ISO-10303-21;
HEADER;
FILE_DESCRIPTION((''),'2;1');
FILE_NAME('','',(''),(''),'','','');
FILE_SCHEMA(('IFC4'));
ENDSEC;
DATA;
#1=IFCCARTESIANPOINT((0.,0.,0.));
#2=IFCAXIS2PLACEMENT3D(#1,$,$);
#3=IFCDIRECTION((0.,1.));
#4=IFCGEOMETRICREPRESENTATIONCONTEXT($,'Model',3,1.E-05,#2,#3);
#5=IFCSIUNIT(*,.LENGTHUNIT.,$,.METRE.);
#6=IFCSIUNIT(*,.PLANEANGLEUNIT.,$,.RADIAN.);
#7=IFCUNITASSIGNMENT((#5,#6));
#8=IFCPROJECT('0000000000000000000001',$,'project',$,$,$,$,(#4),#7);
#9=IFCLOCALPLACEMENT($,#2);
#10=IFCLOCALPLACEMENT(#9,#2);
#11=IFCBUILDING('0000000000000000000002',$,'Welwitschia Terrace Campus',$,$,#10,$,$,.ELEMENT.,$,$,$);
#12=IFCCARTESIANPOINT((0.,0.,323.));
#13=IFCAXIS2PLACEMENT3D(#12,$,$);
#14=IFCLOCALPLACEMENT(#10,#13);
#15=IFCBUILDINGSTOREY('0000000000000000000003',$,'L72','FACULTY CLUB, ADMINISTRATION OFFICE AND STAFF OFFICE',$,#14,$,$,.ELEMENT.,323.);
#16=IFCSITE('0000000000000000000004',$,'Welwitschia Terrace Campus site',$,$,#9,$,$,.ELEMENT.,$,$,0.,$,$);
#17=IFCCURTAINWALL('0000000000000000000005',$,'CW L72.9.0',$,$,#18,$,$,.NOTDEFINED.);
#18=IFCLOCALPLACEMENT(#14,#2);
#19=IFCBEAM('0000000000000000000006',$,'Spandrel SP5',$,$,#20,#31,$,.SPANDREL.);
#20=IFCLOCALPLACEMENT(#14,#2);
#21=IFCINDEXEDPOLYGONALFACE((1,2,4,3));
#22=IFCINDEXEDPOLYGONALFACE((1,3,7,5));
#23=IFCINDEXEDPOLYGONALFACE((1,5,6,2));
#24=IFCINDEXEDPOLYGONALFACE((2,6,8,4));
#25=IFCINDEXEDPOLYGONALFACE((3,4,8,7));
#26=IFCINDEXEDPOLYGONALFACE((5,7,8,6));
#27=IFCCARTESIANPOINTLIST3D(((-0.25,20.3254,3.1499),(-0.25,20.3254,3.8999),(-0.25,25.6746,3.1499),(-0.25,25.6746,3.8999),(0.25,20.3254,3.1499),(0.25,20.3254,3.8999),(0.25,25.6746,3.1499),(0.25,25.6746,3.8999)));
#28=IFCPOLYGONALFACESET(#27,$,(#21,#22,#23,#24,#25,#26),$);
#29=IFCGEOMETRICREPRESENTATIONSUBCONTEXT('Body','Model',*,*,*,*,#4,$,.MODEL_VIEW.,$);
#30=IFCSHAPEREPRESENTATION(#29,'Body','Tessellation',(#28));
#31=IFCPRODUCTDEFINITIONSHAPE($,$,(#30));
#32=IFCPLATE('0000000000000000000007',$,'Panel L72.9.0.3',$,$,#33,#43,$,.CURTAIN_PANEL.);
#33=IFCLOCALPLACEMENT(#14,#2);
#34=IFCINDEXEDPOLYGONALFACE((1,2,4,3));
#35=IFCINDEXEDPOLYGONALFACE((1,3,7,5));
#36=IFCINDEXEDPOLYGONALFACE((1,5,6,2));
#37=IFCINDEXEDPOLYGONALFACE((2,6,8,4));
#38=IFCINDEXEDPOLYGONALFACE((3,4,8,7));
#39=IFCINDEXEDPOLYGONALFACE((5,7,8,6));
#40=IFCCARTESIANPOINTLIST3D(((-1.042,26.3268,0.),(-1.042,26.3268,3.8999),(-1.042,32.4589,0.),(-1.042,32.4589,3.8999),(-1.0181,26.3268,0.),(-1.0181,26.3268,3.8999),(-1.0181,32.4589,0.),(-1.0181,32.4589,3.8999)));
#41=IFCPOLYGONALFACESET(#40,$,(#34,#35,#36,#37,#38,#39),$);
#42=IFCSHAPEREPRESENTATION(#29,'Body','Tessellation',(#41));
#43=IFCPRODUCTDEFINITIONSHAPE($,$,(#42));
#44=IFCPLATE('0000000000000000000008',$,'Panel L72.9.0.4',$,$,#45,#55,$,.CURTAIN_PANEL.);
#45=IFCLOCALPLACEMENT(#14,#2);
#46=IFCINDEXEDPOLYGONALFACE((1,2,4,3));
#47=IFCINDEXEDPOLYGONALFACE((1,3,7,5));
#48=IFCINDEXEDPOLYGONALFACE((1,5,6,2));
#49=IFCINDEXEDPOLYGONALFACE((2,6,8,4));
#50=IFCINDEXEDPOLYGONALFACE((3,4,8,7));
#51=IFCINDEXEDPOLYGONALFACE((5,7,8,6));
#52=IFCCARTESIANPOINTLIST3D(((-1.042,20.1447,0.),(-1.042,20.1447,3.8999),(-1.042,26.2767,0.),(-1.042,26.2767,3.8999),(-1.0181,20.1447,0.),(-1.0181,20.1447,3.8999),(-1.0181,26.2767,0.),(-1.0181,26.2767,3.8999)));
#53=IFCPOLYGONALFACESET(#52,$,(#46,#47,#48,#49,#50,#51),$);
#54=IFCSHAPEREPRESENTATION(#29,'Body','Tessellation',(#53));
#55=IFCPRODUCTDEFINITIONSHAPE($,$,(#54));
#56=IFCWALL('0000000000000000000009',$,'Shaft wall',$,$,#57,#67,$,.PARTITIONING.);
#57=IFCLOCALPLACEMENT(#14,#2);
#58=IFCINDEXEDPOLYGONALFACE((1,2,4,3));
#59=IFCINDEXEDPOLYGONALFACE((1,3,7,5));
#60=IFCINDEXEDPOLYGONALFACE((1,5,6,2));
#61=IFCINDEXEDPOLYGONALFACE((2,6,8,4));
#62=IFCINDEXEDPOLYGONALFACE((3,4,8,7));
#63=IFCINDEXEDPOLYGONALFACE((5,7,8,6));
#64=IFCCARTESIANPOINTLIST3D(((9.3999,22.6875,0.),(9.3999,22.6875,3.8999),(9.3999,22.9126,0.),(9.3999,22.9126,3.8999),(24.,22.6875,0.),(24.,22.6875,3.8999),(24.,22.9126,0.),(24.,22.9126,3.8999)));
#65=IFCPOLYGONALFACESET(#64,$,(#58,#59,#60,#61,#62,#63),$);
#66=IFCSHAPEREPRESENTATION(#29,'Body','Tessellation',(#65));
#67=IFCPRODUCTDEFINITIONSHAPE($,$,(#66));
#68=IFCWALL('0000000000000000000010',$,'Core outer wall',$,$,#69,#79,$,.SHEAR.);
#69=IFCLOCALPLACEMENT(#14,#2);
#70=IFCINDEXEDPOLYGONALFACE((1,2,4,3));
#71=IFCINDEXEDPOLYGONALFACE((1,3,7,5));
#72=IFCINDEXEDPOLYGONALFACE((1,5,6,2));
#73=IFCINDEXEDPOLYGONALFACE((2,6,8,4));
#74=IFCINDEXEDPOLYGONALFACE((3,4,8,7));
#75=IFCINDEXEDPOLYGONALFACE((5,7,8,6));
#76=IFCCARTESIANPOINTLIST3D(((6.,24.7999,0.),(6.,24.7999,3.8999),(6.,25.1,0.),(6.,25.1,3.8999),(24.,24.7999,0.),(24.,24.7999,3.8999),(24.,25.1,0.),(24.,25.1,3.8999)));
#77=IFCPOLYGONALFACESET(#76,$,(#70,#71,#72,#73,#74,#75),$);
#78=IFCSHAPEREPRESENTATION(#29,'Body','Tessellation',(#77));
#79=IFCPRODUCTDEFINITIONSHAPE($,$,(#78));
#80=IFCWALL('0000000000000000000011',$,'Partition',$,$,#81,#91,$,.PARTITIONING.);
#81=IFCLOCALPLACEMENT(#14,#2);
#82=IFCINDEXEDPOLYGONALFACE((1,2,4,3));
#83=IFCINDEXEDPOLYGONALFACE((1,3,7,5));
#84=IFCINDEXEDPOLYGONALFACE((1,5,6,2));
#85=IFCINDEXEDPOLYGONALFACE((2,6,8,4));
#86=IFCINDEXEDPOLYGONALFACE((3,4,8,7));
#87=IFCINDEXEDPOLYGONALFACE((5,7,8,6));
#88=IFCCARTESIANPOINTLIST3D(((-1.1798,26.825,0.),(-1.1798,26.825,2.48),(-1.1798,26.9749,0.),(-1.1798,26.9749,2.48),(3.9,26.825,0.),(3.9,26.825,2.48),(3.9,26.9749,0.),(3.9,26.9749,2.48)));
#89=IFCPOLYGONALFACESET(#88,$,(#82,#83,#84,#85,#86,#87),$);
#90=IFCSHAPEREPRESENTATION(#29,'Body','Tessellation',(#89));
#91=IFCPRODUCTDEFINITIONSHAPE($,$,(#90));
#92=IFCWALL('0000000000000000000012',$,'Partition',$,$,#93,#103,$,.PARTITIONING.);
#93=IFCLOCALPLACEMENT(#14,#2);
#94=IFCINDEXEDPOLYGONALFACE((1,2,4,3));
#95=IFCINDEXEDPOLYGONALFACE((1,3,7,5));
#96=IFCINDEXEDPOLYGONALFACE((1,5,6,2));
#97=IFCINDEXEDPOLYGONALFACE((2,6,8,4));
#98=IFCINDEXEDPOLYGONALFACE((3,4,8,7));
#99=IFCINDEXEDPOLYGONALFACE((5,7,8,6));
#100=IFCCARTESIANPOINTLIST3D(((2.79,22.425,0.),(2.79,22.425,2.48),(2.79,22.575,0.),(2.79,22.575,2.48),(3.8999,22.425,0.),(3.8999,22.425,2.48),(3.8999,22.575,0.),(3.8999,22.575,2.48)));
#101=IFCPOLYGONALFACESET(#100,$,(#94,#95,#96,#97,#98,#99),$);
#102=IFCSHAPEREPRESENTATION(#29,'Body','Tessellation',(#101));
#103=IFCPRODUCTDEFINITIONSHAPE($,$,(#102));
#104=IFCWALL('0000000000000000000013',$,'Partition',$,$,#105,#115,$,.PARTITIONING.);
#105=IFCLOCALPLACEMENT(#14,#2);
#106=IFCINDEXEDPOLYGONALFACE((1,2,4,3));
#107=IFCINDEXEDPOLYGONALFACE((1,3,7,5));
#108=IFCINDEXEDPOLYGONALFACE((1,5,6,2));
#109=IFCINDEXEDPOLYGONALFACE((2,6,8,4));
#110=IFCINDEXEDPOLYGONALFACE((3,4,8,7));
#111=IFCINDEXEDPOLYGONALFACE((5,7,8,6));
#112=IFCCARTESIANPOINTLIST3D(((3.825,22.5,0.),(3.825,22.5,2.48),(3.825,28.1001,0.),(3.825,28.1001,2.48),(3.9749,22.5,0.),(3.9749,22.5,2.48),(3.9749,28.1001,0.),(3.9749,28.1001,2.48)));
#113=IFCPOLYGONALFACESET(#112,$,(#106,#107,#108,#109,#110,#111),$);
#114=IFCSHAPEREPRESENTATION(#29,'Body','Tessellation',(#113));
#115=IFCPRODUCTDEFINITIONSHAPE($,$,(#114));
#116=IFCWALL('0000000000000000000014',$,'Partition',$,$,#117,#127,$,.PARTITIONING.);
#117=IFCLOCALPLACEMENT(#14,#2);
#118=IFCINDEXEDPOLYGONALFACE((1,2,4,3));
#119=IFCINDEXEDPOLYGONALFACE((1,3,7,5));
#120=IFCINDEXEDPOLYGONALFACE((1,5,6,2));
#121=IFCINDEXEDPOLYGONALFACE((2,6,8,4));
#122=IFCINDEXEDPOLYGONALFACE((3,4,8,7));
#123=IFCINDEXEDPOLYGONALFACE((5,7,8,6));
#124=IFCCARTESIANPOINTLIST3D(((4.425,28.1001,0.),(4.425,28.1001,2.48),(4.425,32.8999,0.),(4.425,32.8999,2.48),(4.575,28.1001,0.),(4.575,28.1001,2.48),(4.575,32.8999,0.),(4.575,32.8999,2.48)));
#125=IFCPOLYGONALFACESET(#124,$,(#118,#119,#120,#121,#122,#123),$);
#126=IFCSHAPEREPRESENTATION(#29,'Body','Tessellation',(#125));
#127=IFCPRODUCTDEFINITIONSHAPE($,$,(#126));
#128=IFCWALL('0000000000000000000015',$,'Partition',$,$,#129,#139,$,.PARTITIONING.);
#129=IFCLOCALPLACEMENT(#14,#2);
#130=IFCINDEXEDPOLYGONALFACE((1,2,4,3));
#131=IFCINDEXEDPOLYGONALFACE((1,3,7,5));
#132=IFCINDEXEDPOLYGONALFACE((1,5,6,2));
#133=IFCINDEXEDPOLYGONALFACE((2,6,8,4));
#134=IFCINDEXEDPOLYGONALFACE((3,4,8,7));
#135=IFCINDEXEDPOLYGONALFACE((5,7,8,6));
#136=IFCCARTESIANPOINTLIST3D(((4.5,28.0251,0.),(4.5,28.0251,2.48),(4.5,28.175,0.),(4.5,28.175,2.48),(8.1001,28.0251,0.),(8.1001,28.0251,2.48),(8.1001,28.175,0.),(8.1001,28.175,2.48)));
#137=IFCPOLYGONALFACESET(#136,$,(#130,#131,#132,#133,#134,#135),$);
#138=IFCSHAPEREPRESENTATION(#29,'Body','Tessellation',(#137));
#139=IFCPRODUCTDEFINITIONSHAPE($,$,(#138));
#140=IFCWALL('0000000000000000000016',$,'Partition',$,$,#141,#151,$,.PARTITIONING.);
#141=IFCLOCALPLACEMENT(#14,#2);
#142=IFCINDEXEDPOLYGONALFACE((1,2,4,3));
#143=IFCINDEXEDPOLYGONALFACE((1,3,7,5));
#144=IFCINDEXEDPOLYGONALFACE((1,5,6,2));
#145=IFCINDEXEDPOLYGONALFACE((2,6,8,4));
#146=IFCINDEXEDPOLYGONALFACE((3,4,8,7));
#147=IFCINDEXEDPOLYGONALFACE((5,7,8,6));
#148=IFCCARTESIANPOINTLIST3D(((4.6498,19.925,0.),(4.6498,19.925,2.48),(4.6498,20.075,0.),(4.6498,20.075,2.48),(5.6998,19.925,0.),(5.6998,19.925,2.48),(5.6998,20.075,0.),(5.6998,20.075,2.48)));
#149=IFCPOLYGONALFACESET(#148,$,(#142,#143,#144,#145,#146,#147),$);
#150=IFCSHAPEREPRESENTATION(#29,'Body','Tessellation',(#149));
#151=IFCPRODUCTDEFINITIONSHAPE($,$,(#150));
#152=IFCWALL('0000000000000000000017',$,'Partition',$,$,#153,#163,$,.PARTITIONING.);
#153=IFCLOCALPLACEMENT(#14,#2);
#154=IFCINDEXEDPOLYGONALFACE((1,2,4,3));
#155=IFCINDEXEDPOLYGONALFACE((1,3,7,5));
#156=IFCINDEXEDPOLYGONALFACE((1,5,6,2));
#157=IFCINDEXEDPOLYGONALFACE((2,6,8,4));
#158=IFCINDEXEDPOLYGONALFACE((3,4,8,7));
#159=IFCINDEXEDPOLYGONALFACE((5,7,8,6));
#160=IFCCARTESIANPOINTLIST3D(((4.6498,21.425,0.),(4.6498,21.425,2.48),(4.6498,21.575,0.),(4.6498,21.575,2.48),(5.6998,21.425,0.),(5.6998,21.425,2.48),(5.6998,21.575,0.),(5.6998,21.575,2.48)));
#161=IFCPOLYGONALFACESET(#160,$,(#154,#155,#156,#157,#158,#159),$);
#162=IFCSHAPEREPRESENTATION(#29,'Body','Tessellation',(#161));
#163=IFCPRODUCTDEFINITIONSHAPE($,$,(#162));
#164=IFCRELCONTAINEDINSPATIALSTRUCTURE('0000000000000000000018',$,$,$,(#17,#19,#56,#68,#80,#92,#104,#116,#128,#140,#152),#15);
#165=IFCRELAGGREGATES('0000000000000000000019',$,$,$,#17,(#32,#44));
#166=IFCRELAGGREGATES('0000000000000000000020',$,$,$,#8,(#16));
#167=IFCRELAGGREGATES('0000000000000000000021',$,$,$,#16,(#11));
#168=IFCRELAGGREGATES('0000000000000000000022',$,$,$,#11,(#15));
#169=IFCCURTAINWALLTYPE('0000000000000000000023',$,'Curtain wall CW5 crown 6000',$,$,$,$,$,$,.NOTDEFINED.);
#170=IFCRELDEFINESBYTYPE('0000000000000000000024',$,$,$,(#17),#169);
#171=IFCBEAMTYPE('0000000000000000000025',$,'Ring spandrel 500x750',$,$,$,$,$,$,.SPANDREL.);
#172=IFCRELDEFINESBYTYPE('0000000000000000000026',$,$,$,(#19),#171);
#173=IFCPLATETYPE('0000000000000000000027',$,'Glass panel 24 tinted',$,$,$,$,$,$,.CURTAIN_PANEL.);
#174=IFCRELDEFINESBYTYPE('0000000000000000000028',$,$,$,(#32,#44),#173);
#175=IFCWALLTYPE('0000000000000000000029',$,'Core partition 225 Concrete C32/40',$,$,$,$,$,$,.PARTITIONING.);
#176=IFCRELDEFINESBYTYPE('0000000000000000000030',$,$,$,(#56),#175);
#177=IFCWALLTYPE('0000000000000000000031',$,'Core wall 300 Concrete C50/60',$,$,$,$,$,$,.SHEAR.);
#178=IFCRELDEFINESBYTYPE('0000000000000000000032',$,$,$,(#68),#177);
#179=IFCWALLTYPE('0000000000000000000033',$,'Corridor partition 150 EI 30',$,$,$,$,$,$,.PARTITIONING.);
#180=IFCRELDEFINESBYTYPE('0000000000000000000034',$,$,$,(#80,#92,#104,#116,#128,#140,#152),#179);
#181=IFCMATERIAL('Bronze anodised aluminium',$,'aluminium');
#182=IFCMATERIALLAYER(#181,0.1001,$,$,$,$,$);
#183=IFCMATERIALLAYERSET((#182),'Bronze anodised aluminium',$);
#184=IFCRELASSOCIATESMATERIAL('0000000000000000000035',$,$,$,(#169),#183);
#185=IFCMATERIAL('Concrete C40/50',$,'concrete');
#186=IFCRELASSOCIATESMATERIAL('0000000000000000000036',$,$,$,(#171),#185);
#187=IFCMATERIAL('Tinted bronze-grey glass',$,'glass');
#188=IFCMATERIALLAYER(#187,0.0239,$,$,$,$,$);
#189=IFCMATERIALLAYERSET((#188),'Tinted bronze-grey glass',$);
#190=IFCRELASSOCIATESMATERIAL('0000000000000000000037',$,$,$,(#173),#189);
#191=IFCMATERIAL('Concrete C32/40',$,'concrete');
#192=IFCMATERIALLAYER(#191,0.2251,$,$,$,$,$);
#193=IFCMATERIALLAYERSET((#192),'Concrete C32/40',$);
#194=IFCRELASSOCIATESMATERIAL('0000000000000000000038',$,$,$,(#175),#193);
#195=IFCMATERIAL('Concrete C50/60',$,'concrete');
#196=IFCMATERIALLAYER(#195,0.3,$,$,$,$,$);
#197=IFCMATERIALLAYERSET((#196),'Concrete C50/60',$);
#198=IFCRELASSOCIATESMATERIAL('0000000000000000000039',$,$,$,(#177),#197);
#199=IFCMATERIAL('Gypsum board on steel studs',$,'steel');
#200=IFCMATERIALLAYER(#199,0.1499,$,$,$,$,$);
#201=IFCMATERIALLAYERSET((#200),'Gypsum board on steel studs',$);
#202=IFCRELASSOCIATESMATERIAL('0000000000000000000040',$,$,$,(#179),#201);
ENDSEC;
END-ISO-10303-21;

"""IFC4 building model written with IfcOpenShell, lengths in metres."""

from ifc_helpers import new_model, si_unit, direction, frame, frame_2d, origin, origin_2d, place, context, subcontext, project, spatial, rectangle, extrude, material, layer, layer_set, material_profile, profile_set, type_object, element, aggregate, save


model = new_model("IFC4")

# Units and contexts
model_context = context("Model", 3, precision=1e-05, world=origin(), true_north=direction((0.0, 1.0)))
body_context = subcontext(model_context, "Body", "Model", "MODEL_VIEW")
ifc_project = project(units=[si_unit("LENGTHUNIT", "METRE"), si_unit("PLANEANGLEUNIT", "RADIAN")], contexts=[model_context])

# Site, building, storey
site_placement = place(None, origin())
site = spatial("IfcSite", under=ifc_project, at=site_placement, Name="Welwitschia Terrace Campus site", CompositionType="ELEMENT", RefElevation=0.0)
building_placement = place(site_placement, origin())
building = spatial("IfcBuilding", under=site, at=building_placement, Name="Welwitschia Terrace Campus", CompositionType="ELEMENT")
storey_placement = place(building_placement, frame((0.0, 0.0, 323.0)))
storey = spatial("IfcBuildingStorey", under=building, at=storey_placement, Name="L72", Description="FACULTY CLUB, ADMINISTRATION OFFICE AND STAFF OFFICE", CompositionType="ELEMENT", Elevation=323.0)

# Curtain wall
ifc_material_1 = material(Name="Bronze anodised aluminium", Category="aluminium")
ifc_layer_1 = layer(ifc_material_1, 0.1001)
ifc_layer_set_1 = layer_set([ifc_layer_1], Name="Bronze anodised aluminium")
curtain_wall_type = type_object("IfcCurtainWallType", Name="Curtain wall CW5 crown 6000", PredefinedType="NOTDEFINED", material=ifc_layer_set_1)
curtain_wall_placement = place(storey_placement, origin())
curtain_wall = element("IfcCurtainWall", 1, at=curtain_wall_placement, inside=storey, type_object=curtain_wall_type, Name="CW L72.9.0", PredefinedType="NOTDEFINED")

# Beam
ifc_material_2 = material(Name="Concrete C40/50", Category="concrete")
ifc_material_profile_1 = material_profile(ifc_material_2, rectangle(XDim=0.5, YDim=0.75, at=origin_2d()))
ifc_profile_set_1 = profile_set([ifc_material_profile_1], Name="Concrete C40/50")
beam_type_1 = type_object("IfcBeamType", Name="Ring spandrel 500x750", PredefinedType="SPANDREL", material=ifc_profile_set_1)
for number, where, z_axis, x_axis, name in (
    (2, (0.0, 25.6746, 3.5249), (0.0, -1.0, 0.0), (1.0, 0.0, 0.0), "Spandrel SP5"),
):
    element("IfcBeam", number, at=place(storey_placement, frame(where, z_axis=z_axis, x_axis=x_axis)), inside=storey, type_object=beam_type_1, Name=name, PredefinedType="SPANDREL", context=body_context, shape_type="SweptSolid", body=[
        extrude(rectangle(XDim=0.5, YDim=0.75, at=origin_2d()), origin(), (0.0, 0.0, 1.0), 5.3491),
    ])

# Plates
ifc_material_3 = material(Name="Tinted bronze-grey glass", Category="glass")
ifc_layer_2 = layer(ifc_material_3, 0.0239)
ifc_layer_set_2 = layer_set([ifc_layer_2], Name="Tinted bronze-grey glass")
plate_type = type_object("IfcPlateType", Name="Glass panel 24 tinted", PredefinedType="CURTAIN_PANEL", material=ifc_layer_set_2)
plate_1_placement = place(storey_placement, frame((-1.03, 29.3928, 0.0), z_axis=(0.0, 0.0, 1.0), x_axis=(0.0, -1.0, 0.0)))
plate_1 = element("IfcPlate", 3, at=plate_1_placement, type_object=plate_type, Name="Panel L72.9.0.3", PredefinedType="CURTAIN_PANEL", context=body_context, shape_type="SweptSolid", body=[
    extrude(rectangle(XDim=6.1321, YDim=0.0239, at=origin_2d()), origin(), (0.0, 0.0, 1.0), 3.8999),
])
plate_2_placement = place(storey_placement, frame((-1.03, 23.2107, 0.0), z_axis=(0.0, 0.0, 1.0), x_axis=(0.0, -1.0, 0.0)))
plate_2 = element("IfcPlate", 4, at=plate_2_placement, type_object=plate_type, Name="Panel L72.9.0.4", PredefinedType="CURTAIN_PANEL", context=body_context, shape_type="SweptSolid", body=[
    extrude(rectangle(XDim=6.1321, YDim=0.0239, at=origin_2d()), origin(), (0.0, 0.0, 1.0), 3.8999),
])
aggregate(curtain_wall, [plate_1, plate_2])

# Walls
ifc_material_4 = material(Name="Concrete C32/40", Category="concrete")
ifc_layer_3 = layer(ifc_material_4, 0.2251)
ifc_layer_set_3 = layer_set([ifc_layer_3], Name="Concrete C32/40")
wall_type_1 = type_object("IfcWallType", Name="Core partition 225 Concrete C32/40", PredefinedType="PARTITIONING", material=ifc_layer_set_3)
wall_1_placement = place(storey_placement, frame((9.3999, 22.8, 0.0), z_axis=(0.0, 0.0, 1.0), x_axis=(1.0, 0.0, 0.0)))
element("IfcWall", 5, at=wall_1_placement, inside=storey, type_object=wall_type_1, Name="Shaft wall", PredefinedType="PARTITIONING", context=body_context, shape_type="SweptSolid", body=[
    extrude(rectangle(XDim=14.6001, YDim=0.2251, at=frame_2d((7.3, 0.0))), origin(), (0.0, 0.0, 1.0), 3.8999),
])
ifc_material_5 = material(Name="Concrete C50/60", Category="concrete")
ifc_layer_4 = layer(ifc_material_5, 0.3)
ifc_layer_set_4 = layer_set([ifc_layer_4], Name="Concrete C50/60")
wall_type_2 = type_object("IfcWallType", Name="Core wall 300 Concrete C50/60", PredefinedType="SHEAR", material=ifc_layer_set_4)
wall_2_placement = place(storey_placement, frame((6.0, 24.95, 0.0), z_axis=(0.0, 0.0, 1.0), x_axis=(1.0, 0.0, 0.0)))
element("IfcWall", 6, at=wall_2_placement, inside=storey, type_object=wall_type_2, Name="Core outer wall", PredefinedType="SHEAR", context=body_context, shape_type="SweptSolid", body=[
    extrude(rectangle(XDim=18.0, YDim=0.3, at=frame_2d((9.0, 0.0))), origin(), (0.0, 0.0, 1.0), 3.8999),
])
ifc_material_6 = material(Name="Gypsum board on steel studs", Category="steel")
ifc_layer_5 = layer(ifc_material_6, 0.1499)
ifc_layer_set_5 = layer_set([ifc_layer_5], Name="Gypsum board on steel studs")
wall_type_3 = type_object("IfcWallType", Name="Corridor partition 150 EI 30", PredefinedType="PARTITIONING", material=ifc_layer_set_5)
wall_3_placement = place(storey_placement, frame((-1.1799, 26.8999, 0.0), z_axis=(0.0, 0.0, 1.0), x_axis=(1.0, 0.0, 0.0)))
element("IfcWall", 7, at=wall_3_placement, inside=storey, type_object=wall_type_3, Name="Partition", PredefinedType="PARTITIONING", context=body_context, shape_type="SweptSolid", body=[
    extrude(rectangle(XDim=5.0798, YDim=0.1499, at=frame_2d((2.54, 0.0))), origin(), (0.0, 0.0, 1.0), 2.48),
])
wall_4_placement = place(storey_placement, frame((2.79, 22.5, 0.0), z_axis=(0.0, 0.0, 1.0), x_axis=(1.0, 0.0, 0.0)))
element("IfcWall", 8, at=wall_4_placement, inside=storey, type_object=wall_type_3, Name="Partition", PredefinedType="PARTITIONING", context=body_context, shape_type="SweptSolid", body=[
    extrude(rectangle(XDim=1.1099, YDim=0.1499, at=frame_2d((0.5549, 0.0))), origin(), (0.0, 0.0, 1.0), 2.48),
])
wall_5_placement = place(storey_placement, frame((3.8999, 22.5, 0.0), z_axis=(0.0, 0.0, 1.0), x_axis=(0.0, 1.0, 0.0)))
element("IfcWall", 9, at=wall_5_placement, inside=storey, type_object=wall_type_3, Name="Partition", PredefinedType="PARTITIONING", context=body_context, shape_type="SweptSolid", body=[
    extrude(rectangle(XDim=5.6001, YDim=0.1499, at=frame_2d((2.8, 0.0))), origin(), (0.0, 0.0, 1.0), 2.48),
])
wall_6_placement = place(storey_placement, frame((4.5, 28.1001, 0.0), z_axis=(0.0, 0.0, 1.0), x_axis=(0.0, 1.0, 0.0)))
element("IfcWall", 10, at=wall_6_placement, inside=storey, type_object=wall_type_3, Name="Partition", PredefinedType="PARTITIONING", context=body_context, shape_type="SweptSolid", body=[
    extrude(rectangle(XDim=4.7998, YDim=0.1499, at=frame_2d((2.3999, 0.0))), origin(), (0.0, 0.0, 1.0), 2.48),
])
wall_7_placement = place(storey_placement, frame((4.5, 28.1001, 0.0), z_axis=(0.0, 0.0, 1.0), x_axis=(1.0, 0.0, 0.0)))
element("IfcWall", 11, at=wall_7_placement, inside=storey, type_object=wall_type_3, Name="Partition", PredefinedType="PARTITIONING", context=body_context, shape_type="SweptSolid", body=[
    extrude(rectangle(XDim=3.6001, YDim=0.1499, at=frame_2d((1.8, 0.0))), origin(), (0.0, 0.0, 1.0), 2.48),
])
for number, where, z_axis, x_axis, name in (
    (12, (4.6499, 20.0, 0.0), (0.0, 0.0, 1.0), (1.0, 0.0, 0.0), "Partition"),
    (13, (4.6499, 21.5, 0.0), (0.0, 0.0, 1.0), (1.0, 0.0, 0.0), "Partition"),
):
    element("IfcWall", number, at=place(storey_placement, frame(where, z_axis=z_axis, x_axis=x_axis)), inside=storey, type_object=wall_type_3, Name=name, PredefinedType="PARTITIONING", context=body_context, shape_type="SweptSolid", body=[
        extrude(rectangle(XDim=1.05, YDim=0.1499, at=frame_2d((0.5249, 0.0))), origin(), (0.0, 0.0, 1.0), 2.48),
    ])

save(model, "model.ifc")
